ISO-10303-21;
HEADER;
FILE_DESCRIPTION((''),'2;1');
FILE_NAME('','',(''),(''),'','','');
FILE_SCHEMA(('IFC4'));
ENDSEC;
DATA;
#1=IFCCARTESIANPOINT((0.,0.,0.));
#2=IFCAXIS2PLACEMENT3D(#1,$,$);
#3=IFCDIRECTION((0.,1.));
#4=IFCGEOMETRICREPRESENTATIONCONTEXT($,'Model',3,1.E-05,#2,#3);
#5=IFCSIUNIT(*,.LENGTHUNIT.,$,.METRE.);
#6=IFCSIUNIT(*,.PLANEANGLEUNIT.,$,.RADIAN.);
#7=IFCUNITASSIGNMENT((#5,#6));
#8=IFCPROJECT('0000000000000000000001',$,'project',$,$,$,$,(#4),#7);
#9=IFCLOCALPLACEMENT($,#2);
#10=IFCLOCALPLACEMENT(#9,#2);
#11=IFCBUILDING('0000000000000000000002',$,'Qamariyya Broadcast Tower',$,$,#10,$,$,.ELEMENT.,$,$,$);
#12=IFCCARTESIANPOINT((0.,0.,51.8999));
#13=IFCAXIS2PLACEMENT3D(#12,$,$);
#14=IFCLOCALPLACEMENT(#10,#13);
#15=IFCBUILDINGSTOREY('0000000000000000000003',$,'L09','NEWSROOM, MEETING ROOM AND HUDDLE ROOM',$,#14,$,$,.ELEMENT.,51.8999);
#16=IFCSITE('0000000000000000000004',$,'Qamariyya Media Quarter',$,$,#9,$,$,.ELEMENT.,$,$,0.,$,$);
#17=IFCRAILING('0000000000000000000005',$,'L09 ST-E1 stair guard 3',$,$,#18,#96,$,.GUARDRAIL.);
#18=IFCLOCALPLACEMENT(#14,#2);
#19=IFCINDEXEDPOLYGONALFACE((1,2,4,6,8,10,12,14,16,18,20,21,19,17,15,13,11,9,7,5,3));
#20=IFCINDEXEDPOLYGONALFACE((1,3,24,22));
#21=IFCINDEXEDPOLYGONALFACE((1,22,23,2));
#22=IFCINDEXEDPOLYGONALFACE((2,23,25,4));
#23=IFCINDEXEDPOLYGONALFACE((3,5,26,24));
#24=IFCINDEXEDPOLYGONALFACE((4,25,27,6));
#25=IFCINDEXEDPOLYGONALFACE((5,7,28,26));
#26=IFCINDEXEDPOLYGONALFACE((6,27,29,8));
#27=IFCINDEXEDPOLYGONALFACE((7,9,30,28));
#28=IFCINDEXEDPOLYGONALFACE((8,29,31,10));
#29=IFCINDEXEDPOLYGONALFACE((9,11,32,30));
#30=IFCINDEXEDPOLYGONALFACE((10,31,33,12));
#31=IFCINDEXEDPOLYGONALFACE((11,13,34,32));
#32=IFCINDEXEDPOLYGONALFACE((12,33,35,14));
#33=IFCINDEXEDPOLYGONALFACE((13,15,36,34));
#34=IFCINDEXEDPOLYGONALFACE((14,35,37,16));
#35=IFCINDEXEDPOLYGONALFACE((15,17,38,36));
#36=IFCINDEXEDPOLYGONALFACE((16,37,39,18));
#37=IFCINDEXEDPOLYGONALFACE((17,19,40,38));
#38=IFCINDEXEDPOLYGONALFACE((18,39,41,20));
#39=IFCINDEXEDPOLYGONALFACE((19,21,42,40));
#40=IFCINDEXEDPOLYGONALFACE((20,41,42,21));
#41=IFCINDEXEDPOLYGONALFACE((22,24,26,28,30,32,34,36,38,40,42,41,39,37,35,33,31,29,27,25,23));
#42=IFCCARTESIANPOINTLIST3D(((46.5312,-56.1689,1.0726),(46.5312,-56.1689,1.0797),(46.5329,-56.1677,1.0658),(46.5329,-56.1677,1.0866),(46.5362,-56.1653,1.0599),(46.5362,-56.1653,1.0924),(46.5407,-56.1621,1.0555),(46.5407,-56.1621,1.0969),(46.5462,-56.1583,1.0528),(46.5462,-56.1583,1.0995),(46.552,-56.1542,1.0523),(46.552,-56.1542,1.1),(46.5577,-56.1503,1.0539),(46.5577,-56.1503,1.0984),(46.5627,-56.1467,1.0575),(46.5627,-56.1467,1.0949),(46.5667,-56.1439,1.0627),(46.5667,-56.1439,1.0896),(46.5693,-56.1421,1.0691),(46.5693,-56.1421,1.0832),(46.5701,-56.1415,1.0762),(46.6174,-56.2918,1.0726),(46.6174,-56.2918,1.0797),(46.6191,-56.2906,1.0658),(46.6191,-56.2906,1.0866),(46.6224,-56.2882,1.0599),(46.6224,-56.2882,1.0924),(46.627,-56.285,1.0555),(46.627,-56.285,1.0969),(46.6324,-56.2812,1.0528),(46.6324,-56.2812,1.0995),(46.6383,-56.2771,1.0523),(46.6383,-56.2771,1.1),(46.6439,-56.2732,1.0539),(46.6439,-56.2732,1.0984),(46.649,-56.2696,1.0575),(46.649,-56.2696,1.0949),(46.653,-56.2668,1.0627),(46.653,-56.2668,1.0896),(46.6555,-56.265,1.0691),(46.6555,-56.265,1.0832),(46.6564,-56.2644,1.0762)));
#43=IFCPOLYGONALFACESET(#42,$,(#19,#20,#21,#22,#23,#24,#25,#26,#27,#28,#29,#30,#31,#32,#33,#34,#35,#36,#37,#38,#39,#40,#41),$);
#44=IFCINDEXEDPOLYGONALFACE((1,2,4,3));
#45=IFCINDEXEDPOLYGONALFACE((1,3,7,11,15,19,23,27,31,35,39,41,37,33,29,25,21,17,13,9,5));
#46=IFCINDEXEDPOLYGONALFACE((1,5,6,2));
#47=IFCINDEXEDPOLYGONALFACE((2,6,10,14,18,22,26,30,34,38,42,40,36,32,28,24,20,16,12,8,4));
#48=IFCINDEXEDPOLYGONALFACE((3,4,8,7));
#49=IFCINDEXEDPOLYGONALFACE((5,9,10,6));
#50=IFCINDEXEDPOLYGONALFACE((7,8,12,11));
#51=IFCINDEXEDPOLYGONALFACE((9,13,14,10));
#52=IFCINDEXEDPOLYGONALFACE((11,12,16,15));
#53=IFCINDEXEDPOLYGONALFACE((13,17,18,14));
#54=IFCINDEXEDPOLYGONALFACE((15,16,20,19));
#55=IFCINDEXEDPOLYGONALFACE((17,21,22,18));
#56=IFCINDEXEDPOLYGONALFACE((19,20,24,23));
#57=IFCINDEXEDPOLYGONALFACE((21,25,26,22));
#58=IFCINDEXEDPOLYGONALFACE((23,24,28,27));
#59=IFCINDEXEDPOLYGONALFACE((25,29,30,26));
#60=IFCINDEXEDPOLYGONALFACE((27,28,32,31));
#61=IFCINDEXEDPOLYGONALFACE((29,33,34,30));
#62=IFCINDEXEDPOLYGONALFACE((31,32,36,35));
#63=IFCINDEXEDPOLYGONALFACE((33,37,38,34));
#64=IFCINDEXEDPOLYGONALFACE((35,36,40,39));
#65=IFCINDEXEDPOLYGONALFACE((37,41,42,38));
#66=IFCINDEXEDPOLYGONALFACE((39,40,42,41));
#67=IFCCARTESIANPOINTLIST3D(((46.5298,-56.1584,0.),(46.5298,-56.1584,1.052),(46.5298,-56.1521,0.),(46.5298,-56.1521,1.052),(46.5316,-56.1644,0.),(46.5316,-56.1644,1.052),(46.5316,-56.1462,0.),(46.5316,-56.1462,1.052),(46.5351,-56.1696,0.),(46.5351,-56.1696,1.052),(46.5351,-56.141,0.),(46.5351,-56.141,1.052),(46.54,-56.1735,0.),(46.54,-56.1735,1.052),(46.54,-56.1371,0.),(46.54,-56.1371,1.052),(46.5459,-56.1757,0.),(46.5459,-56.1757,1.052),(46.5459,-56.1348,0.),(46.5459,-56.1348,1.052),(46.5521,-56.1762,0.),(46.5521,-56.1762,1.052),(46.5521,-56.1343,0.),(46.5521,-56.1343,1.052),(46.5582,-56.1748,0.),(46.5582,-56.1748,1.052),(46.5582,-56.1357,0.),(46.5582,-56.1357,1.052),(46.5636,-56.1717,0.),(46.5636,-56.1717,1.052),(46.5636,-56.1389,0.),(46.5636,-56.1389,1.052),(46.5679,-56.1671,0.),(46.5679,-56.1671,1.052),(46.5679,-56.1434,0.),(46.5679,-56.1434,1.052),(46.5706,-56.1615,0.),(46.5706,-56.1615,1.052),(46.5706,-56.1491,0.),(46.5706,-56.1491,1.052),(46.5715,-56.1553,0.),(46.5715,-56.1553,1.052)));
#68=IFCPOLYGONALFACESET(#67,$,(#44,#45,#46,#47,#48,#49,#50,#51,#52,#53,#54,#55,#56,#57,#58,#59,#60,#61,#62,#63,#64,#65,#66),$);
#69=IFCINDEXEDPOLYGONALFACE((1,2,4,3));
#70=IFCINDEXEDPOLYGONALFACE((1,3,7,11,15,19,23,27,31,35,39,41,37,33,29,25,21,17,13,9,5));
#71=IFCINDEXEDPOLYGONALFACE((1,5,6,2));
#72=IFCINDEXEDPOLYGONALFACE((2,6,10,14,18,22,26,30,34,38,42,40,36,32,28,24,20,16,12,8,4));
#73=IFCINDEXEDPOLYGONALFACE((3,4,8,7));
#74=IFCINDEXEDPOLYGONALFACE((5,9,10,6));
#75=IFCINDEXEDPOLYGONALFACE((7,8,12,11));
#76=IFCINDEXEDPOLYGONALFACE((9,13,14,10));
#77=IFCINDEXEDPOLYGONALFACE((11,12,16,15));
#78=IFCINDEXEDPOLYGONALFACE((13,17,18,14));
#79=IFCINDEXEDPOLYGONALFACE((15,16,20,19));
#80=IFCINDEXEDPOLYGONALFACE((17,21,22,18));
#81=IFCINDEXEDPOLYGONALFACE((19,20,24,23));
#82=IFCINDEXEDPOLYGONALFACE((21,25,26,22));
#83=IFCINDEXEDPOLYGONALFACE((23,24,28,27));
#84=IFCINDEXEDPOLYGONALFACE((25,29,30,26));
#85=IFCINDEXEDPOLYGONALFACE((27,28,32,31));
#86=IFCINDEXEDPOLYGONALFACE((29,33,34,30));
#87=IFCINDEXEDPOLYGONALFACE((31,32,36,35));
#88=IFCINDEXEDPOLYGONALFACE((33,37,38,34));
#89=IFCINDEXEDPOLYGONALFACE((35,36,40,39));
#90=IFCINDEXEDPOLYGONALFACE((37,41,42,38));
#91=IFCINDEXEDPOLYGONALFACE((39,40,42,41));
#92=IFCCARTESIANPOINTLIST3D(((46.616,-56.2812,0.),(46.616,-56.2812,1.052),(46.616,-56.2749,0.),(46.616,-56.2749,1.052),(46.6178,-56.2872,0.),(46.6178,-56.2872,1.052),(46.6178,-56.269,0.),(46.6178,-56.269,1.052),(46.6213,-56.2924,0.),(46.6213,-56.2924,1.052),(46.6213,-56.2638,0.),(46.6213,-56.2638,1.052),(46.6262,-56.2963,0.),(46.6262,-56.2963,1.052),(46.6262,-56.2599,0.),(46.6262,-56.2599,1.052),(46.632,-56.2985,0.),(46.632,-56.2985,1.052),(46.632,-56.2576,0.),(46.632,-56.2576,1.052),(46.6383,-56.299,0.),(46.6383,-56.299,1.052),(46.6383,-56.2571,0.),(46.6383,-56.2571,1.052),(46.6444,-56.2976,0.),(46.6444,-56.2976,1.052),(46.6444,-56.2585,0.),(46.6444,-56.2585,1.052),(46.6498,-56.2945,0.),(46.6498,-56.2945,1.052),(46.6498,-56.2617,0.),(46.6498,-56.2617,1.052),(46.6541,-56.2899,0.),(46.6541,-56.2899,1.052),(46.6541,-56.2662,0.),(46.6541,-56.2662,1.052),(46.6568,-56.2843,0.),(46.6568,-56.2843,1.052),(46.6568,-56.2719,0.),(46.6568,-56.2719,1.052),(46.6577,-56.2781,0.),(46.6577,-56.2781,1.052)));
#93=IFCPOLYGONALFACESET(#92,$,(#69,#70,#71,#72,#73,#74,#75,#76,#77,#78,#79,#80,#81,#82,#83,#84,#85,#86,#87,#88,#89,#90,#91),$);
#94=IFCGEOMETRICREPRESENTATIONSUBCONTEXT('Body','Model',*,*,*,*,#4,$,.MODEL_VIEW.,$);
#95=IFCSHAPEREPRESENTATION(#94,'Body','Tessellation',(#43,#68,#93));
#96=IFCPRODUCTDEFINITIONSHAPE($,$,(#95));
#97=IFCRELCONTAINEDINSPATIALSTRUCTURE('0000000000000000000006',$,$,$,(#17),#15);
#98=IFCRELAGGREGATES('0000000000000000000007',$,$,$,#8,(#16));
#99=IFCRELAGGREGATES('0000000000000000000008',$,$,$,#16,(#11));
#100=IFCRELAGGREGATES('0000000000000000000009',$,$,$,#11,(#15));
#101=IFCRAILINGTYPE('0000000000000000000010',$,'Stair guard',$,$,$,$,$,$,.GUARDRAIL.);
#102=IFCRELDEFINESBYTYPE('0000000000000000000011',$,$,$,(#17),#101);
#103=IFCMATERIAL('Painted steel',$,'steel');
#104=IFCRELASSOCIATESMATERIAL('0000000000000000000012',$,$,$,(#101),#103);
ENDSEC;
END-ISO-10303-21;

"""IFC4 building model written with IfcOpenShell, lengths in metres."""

from ifc_helpers import new_model, si_unit, direction, frame, origin, origin_2d, place, context, subcontext, project, spatial, circle, extrude, material, type_object, element, save


model = new_model("IFC4")

# Units and contexts
model_context = context("Model", 3, precision=1e-05, world=origin(), true_north=direction((0.0, 1.0)))
body_context = subcontext(model_context, "Body", "Model", "MODEL_VIEW")
ifc_project = project(units=[si_unit("LENGTHUNIT", "METRE"), si_unit("PLANEANGLEUNIT", "RADIAN")], contexts=[model_context])

# Site, building, storey
site_placement = place(None, origin())
site = spatial("IfcSite", under=ifc_project, at=site_placement, Name="Qamariyya Media Quarter", CompositionType="ELEMENT", RefElevation=0.0)
building_placement = place(site_placement, origin())
building = spatial("IfcBuilding", under=site, at=building_placement, Name="Qamariyya Broadcast Tower", CompositionType="ELEMENT")
storey_placement = place(building_placement, frame((0.0, 0.0, 51.8999)))
storey = spatial("IfcBuildingStorey", under=building, at=storey_placement, Name="L09", Description="NEWSROOM, MEETING ROOM AND HUDDLE ROOM", CompositionType="ELEMENT", Elevation=51.8999)

# Railing
ifc_material_1 = material(Name="Painted steel", Category="steel")
railing_type_1 = type_object("IfcRailingType", Name="Stair guard", PredefinedType="GUARDRAIL", material=ifc_material_1)
railing_1_placement = place(storey_placement, frame((46.5505, -56.1553, 0.0)))
element("IfcRailing", 1, at=railing_1_placement, inside=storey, type_object=railing_type_1, Name="L09 ST-E1 stair guard 3", PredefinedType="GUARDRAIL", context=body_context, shape_type="SweptSolid", body=[
    extrude(circle(Radius=0.0239, at=origin_2d()), frame((0.0, 0.0, 1.0762), z_axis=(0.574445, -0.818543, 0.0), x_axis=(0.818543, 0.574445, 0.0)), (0.0, 0.0, 1.0), 0.1501),
    extrude(circle(Radius=0.021, at=origin_2d()), origin(), (0.0, 0.0, 1.0), 1.052),
    extrude(circle(Radius=0.021, at=origin_2d()), frame((0.0862, -0.1228, 0.0)), (0.0, 0.0, 1.0), 1.052),
])

save(model, "model.ifc")
